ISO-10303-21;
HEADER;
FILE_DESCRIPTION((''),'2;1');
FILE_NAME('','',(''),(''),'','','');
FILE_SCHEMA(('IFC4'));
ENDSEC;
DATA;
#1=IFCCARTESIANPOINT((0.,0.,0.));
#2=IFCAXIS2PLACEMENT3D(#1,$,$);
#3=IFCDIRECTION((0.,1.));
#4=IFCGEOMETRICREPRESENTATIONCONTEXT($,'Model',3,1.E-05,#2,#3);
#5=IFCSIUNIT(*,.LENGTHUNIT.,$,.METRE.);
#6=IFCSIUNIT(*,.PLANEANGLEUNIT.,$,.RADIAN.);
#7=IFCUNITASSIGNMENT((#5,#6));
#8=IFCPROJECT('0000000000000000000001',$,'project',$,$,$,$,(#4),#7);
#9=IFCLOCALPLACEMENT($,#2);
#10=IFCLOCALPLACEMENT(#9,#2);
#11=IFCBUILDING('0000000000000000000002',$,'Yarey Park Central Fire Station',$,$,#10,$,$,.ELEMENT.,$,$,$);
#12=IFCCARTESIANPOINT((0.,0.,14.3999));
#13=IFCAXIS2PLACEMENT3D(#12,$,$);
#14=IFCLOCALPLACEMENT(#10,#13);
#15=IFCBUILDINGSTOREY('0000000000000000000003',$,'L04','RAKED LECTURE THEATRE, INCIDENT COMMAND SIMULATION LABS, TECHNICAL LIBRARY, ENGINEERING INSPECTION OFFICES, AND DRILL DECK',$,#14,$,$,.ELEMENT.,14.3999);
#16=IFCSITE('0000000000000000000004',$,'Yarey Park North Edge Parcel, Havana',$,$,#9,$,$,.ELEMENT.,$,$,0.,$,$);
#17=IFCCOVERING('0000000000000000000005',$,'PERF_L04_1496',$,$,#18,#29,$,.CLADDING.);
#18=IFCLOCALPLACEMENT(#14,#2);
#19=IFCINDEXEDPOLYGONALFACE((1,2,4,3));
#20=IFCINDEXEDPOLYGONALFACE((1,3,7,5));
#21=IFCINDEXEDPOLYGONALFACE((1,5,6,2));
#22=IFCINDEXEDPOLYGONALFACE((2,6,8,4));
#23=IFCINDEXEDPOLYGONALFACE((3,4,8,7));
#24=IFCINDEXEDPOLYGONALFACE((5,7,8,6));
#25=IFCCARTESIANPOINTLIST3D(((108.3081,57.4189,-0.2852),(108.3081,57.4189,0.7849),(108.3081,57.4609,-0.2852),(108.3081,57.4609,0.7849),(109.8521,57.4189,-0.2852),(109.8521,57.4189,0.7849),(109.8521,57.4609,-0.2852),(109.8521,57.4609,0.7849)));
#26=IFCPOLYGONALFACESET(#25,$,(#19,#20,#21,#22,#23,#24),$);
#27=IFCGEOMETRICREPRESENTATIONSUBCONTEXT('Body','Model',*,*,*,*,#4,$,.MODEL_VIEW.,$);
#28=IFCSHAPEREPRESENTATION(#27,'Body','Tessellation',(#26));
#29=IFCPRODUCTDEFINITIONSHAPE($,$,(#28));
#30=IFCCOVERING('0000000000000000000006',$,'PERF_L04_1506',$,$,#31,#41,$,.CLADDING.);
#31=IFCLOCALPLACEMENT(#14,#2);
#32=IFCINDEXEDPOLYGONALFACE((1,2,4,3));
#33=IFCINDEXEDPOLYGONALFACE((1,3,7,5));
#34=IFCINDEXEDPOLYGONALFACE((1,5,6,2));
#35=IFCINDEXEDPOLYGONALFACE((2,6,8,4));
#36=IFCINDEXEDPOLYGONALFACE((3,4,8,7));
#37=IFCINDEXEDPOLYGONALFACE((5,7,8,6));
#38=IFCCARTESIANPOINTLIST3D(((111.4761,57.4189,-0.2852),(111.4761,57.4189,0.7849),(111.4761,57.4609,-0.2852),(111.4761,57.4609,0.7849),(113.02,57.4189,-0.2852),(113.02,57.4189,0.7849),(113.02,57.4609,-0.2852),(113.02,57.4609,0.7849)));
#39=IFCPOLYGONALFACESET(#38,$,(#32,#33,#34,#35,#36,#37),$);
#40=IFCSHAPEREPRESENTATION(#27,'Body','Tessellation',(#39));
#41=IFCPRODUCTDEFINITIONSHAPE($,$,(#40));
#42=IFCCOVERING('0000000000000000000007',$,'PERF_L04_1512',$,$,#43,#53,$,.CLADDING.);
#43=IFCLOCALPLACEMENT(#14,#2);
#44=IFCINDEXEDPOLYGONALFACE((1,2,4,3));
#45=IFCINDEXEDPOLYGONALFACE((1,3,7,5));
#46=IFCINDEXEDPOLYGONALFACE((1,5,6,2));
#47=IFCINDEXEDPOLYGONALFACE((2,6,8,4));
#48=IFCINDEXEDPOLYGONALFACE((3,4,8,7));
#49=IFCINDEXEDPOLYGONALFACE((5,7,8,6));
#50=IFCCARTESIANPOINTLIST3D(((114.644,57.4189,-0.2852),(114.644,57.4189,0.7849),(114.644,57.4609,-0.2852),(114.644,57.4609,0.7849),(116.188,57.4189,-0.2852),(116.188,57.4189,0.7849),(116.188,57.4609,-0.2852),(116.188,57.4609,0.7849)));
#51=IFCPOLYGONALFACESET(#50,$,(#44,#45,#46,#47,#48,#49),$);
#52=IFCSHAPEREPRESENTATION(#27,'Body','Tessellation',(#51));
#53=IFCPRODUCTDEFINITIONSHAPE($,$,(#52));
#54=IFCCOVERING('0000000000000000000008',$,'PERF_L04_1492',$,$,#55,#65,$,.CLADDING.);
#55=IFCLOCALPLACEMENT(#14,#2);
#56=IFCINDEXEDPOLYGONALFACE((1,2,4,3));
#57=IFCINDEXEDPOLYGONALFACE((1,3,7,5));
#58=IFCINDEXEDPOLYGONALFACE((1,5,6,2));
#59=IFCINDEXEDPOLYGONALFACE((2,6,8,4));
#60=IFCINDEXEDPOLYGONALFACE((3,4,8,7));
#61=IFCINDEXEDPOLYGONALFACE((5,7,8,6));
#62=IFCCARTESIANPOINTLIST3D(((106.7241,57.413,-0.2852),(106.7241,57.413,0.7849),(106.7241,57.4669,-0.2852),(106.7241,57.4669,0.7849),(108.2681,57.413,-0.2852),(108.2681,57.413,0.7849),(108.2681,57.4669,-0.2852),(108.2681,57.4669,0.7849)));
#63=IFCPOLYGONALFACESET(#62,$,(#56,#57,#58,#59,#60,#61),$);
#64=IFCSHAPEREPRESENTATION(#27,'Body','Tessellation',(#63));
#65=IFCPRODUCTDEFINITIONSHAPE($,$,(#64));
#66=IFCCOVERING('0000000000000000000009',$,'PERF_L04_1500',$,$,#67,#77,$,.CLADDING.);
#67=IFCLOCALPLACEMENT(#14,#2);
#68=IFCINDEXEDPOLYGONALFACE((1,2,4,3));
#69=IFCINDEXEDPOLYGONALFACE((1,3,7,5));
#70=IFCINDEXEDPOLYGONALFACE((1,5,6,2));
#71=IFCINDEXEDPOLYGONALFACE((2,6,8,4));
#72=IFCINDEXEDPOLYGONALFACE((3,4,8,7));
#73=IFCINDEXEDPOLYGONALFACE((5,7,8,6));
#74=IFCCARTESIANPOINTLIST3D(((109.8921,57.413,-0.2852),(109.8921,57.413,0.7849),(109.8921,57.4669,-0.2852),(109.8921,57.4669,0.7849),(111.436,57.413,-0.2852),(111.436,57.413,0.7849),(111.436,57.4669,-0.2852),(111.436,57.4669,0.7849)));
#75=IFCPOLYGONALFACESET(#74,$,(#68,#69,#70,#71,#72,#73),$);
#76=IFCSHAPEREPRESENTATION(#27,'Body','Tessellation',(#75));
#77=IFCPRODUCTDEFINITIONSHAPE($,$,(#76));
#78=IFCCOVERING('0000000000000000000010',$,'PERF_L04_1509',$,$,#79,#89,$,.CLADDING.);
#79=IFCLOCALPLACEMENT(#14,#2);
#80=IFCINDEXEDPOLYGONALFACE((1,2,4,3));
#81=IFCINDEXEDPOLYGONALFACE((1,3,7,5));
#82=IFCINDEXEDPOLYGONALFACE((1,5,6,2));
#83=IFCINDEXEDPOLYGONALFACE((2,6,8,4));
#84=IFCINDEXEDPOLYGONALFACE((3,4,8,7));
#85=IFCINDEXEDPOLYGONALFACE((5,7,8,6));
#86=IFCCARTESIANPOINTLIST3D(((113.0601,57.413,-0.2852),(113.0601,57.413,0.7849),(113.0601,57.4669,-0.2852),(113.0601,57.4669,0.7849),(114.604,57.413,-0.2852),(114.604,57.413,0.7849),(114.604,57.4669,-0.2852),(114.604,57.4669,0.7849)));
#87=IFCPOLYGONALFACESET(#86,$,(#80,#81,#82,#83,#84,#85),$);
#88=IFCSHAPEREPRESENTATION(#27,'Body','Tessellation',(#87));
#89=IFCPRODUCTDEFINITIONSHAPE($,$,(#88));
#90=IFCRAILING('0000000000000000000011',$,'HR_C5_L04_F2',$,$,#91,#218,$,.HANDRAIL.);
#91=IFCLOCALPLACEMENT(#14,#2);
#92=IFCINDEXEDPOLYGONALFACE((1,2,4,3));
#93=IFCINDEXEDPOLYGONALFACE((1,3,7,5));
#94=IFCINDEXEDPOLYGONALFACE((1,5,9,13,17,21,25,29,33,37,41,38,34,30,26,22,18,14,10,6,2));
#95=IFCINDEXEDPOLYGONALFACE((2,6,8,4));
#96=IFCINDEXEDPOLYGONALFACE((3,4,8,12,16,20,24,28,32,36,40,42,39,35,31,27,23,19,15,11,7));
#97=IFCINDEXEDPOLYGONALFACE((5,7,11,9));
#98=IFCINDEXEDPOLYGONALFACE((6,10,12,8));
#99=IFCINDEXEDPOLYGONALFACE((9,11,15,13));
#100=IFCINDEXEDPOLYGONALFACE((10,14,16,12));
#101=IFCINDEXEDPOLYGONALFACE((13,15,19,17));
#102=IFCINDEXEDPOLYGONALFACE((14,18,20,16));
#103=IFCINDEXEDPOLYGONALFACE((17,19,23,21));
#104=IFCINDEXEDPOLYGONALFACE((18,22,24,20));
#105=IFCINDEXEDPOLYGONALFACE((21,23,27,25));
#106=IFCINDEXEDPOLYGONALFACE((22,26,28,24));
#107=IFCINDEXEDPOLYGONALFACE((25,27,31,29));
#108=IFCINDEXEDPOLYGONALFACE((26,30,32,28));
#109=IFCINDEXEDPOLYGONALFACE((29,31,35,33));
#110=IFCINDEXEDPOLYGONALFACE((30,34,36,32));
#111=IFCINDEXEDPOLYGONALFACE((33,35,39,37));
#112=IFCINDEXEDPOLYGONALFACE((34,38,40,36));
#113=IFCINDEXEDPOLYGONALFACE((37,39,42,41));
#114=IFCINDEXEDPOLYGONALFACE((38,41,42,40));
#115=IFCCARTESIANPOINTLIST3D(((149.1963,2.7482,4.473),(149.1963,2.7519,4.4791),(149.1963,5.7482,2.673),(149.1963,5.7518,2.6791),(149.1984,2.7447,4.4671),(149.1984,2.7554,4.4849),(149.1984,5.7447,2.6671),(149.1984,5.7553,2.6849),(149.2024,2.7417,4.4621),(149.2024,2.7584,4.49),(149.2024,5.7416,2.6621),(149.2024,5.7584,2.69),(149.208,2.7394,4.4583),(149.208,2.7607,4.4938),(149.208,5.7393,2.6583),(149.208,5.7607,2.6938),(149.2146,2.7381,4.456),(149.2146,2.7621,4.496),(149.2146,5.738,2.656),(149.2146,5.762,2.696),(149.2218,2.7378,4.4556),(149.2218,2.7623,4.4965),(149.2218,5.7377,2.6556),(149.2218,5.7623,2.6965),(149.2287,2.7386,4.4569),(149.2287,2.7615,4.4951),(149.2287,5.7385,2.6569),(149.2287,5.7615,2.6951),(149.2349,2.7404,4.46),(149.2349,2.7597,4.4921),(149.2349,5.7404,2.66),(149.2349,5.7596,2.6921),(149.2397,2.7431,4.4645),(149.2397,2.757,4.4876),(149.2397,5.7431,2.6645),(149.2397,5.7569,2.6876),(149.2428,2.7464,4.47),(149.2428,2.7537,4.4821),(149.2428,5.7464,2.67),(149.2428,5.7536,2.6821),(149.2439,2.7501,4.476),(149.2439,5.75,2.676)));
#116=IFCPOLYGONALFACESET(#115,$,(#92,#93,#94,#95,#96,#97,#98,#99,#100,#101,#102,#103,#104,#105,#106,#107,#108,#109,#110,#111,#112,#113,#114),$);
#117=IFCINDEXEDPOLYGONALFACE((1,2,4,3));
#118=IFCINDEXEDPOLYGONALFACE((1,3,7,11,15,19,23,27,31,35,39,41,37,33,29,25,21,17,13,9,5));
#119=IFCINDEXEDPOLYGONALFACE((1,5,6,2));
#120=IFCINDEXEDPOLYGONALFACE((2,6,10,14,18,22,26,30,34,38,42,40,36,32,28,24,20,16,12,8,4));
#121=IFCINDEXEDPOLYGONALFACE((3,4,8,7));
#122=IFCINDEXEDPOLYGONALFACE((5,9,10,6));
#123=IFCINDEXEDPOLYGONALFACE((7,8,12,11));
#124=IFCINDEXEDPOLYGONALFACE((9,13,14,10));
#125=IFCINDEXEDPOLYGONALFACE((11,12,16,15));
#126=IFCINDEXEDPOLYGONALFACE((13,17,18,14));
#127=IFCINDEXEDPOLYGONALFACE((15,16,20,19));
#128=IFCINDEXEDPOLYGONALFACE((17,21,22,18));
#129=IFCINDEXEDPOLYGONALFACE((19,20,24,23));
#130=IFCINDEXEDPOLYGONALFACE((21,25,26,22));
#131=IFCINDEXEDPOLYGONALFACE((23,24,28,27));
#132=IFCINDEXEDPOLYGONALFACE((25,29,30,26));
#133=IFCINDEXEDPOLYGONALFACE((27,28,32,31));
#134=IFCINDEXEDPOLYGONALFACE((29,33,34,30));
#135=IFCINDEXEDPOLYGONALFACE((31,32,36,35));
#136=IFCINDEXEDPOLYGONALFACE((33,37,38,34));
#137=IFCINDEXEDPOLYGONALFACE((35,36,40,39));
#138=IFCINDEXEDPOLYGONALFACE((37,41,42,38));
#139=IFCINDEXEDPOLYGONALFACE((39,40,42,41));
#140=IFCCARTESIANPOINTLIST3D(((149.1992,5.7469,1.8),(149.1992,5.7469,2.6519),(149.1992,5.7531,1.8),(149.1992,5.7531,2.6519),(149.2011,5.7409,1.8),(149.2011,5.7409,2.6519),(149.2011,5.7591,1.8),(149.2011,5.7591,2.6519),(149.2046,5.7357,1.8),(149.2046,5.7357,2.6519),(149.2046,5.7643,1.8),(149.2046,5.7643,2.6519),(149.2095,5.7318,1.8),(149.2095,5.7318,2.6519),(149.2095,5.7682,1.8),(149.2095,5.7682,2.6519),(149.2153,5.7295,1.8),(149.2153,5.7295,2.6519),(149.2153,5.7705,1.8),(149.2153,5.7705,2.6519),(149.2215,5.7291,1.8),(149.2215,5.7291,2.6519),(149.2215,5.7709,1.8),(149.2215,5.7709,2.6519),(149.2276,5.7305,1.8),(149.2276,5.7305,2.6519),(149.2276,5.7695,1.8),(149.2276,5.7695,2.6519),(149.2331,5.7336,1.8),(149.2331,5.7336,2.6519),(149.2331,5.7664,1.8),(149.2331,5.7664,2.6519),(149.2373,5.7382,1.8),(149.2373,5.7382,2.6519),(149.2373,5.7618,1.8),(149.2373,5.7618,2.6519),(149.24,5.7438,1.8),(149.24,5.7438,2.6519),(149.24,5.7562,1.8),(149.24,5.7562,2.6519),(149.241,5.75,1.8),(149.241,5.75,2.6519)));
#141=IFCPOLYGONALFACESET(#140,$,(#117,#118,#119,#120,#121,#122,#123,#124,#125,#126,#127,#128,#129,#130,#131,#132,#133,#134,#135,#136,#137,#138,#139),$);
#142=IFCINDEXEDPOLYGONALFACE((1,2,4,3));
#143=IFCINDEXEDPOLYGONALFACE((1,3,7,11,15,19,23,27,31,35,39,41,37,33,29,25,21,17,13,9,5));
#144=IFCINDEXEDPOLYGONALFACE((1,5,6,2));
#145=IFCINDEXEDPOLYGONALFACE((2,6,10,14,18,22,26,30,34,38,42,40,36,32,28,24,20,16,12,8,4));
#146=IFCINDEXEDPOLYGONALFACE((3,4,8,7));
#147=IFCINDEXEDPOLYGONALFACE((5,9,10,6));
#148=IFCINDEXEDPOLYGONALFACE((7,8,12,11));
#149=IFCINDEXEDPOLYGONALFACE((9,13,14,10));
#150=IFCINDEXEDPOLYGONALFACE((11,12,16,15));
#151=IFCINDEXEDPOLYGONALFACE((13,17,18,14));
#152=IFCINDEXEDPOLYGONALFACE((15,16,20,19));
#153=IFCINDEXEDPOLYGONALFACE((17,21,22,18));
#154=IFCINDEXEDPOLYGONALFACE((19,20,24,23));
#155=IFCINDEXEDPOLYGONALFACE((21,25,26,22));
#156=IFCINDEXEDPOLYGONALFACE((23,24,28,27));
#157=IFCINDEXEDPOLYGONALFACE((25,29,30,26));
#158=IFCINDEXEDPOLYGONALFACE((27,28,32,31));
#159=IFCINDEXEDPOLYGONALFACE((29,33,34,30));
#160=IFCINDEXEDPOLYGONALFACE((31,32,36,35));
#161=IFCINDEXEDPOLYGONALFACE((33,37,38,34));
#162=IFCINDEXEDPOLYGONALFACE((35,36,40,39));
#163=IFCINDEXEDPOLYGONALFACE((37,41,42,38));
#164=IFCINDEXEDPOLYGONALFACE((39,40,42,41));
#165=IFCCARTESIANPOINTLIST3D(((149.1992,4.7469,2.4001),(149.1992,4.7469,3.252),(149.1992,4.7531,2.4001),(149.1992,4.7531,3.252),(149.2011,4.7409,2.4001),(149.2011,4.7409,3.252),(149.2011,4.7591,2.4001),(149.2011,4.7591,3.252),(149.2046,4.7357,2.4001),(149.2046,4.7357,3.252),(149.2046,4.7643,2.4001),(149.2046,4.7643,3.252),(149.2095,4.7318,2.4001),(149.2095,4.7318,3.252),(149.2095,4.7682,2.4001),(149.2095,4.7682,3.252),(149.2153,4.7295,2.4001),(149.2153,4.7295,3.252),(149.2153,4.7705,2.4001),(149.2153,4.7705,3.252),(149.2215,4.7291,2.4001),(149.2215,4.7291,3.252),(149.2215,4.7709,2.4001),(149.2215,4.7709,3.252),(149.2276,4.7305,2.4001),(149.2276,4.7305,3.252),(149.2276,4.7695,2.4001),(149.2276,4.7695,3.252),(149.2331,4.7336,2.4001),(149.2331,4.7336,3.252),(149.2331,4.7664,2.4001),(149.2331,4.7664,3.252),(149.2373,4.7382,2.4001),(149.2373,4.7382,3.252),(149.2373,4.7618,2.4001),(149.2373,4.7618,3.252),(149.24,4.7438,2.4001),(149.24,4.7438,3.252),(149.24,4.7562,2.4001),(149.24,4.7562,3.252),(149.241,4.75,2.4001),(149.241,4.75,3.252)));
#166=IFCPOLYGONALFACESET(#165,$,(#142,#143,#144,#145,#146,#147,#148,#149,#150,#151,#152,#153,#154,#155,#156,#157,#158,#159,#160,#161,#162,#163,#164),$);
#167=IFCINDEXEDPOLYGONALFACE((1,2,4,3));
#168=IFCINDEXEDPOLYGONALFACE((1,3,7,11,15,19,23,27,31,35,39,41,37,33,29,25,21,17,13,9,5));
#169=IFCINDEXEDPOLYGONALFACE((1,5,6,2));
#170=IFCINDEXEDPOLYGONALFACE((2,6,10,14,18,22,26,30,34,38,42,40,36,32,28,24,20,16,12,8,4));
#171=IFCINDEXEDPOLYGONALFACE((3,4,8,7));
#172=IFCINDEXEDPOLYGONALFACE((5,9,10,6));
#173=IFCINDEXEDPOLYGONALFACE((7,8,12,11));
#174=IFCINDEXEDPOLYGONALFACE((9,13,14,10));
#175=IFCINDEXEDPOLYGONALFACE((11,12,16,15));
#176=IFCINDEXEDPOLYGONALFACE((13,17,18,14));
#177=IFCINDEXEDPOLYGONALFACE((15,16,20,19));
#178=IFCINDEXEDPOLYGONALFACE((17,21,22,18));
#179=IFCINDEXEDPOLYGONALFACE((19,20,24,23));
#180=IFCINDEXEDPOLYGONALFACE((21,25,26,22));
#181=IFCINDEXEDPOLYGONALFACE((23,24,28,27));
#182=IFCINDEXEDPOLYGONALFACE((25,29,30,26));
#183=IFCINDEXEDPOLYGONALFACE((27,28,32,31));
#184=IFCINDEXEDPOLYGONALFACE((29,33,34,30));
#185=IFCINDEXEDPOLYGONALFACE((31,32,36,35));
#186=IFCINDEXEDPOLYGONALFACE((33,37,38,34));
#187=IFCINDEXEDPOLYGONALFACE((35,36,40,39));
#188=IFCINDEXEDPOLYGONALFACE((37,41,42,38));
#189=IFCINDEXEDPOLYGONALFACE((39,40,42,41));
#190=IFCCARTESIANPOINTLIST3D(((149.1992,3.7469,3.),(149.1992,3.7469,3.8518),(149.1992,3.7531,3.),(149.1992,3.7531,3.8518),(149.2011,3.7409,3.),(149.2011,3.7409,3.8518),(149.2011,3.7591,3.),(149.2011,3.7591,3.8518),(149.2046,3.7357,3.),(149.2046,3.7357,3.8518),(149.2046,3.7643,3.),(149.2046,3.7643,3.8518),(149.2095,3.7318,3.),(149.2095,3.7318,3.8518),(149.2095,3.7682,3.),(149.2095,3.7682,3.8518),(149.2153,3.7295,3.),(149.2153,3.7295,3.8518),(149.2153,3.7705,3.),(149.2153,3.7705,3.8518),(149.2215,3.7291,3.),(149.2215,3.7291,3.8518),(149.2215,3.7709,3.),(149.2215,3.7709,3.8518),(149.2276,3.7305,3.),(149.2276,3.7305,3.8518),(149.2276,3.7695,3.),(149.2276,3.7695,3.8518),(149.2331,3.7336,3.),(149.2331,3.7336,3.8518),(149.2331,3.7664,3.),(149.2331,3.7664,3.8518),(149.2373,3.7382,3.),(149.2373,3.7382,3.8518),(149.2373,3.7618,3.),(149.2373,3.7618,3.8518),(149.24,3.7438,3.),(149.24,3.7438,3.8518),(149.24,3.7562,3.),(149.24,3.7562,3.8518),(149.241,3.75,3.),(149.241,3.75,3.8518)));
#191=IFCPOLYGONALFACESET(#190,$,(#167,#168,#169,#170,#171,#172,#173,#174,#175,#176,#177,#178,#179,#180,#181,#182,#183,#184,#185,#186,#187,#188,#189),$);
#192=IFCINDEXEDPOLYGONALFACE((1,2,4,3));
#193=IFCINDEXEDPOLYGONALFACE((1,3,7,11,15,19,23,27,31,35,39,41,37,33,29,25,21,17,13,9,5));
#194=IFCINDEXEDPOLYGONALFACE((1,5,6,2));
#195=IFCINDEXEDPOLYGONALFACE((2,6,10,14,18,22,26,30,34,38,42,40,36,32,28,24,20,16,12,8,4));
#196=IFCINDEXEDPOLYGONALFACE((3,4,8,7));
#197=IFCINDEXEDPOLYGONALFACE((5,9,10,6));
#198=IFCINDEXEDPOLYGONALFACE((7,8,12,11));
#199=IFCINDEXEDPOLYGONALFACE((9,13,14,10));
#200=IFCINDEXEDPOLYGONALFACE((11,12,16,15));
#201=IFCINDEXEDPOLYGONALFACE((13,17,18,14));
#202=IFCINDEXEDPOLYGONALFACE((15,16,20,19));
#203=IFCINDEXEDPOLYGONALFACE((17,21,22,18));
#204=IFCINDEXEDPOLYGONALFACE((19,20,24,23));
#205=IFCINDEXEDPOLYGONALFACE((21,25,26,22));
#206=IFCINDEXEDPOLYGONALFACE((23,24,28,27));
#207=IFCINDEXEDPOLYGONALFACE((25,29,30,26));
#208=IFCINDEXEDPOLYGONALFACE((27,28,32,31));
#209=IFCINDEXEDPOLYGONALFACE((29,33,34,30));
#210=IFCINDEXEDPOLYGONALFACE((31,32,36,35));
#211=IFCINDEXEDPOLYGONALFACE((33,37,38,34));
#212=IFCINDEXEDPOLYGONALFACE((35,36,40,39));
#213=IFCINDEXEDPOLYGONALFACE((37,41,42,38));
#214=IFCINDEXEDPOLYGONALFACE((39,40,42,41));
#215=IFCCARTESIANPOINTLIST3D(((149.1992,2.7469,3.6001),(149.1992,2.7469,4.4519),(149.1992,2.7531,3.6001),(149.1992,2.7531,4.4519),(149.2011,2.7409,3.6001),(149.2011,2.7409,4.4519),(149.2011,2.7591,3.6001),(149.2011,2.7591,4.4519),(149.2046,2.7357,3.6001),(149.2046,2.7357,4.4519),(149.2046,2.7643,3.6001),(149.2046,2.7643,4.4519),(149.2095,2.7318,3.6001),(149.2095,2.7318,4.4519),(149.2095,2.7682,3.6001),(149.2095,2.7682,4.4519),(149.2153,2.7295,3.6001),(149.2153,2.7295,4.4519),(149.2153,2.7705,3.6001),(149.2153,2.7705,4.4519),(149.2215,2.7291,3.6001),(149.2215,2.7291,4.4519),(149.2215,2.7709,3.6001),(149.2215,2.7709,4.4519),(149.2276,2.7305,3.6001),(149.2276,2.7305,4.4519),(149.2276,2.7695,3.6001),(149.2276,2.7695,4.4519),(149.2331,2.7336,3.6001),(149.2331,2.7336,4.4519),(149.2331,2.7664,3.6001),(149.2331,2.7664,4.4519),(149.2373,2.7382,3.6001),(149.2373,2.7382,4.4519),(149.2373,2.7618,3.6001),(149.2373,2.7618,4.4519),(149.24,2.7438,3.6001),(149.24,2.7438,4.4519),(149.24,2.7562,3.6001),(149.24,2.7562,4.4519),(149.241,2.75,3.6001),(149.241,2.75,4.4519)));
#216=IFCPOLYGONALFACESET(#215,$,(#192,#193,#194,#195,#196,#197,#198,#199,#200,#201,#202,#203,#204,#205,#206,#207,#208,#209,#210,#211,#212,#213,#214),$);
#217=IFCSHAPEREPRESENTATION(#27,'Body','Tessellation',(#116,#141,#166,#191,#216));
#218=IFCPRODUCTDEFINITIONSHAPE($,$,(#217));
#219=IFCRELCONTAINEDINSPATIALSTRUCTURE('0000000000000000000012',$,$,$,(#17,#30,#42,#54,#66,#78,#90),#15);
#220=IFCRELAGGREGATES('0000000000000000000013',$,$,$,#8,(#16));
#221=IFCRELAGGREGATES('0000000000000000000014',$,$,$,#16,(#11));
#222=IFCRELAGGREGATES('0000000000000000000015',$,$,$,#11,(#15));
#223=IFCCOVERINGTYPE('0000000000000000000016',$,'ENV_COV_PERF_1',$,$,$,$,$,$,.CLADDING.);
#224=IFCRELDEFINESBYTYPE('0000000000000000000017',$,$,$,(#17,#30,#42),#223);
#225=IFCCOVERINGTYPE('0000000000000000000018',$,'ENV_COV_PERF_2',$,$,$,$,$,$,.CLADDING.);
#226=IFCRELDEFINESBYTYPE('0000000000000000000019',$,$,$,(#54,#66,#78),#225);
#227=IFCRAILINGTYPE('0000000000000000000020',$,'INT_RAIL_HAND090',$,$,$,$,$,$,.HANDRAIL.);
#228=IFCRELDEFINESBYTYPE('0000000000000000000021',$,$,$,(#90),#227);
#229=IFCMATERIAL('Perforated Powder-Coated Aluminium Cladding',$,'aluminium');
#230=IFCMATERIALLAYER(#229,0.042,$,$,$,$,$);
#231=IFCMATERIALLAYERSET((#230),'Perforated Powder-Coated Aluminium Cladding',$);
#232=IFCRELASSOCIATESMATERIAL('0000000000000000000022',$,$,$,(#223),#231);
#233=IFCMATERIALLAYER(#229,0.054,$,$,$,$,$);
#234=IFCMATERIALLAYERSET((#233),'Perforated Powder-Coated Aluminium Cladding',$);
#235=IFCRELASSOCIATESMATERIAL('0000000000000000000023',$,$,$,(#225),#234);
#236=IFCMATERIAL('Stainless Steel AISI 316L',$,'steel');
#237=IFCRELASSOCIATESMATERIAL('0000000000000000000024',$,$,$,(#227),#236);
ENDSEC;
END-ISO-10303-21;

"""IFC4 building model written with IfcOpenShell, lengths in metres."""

from ifc_helpers import new_model, si_unit, direction, frame, origin, origin_2d, place, context, subcontext, project, spatial, rectangle, circle, extrude, material, layer, layer_set, type_object, element, save


model = new_model("IFC4")

# Units and contexts
model_context = context("Model", 3, precision=1e-05, world=origin(), true_north=direction((0.0, 1.0)))
body_context = subcontext(model_context, "Body", "Model", "MODEL_VIEW")
ifc_project = project(units=[si_unit("LENGTHUNIT", "METRE"), si_unit("PLANEANGLEUNIT", "RADIAN")], contexts=[model_context])

# Site, building, storey
site_placement = place(None, origin())
site = spatial("IfcSite", under=ifc_project, at=site_placement, Name="Yarey Park North Edge Parcel, Havana", CompositionType="ELEMENT", RefElevation=0.0)
building_placement = place(site_placement, origin())
building = spatial("IfcBuilding", under=site, at=building_placement, Name="Yarey Park Central Fire Station", CompositionType="ELEMENT")
storey_placement = place(building_placement, frame((0.0, 0.0, 14.3999)))
storey = spatial("IfcBuildingStorey", under=building, at=storey_placement, Name="L04", Description="RAKED LECTURE THEATRE, INCIDENT COMMAND SIMULATION LABS, TECHNICAL LIBRARY, ENGINEERING INSPECTION OFFICES, AND DRILL DECK", CompositionType="ELEMENT", Elevation=14.3999)

# Coverings
ifc_material_1 = material(Name="Perforated Powder-Coated Aluminium Cladding", Category="aluminium")
ifc_layer_1 = layer(ifc_material_1, 0.042)
ifc_layer_set_1 = layer_set([ifc_layer_1], Name="Perforated Powder-Coated Aluminium Cladding")
covering_type_1 = type_object("IfcCoveringType", Name="ENV_COV_PERF_1", PredefinedType="CLADDING", material=ifc_layer_set_1)
for number, where, z_axis, x_axis, name in (
    (1, (109.0801, 57.4399, -0.2852), (0.0, 0.0, 1.0), (1.0, 0.0, 0.0), "PERF_L04_1496"),
    (2, (112.248, 57.4399, -0.2852), (0.0, 0.0, 1.0), (1.0, 0.0, 0.0), "PERF_L04_1506"),
    (3, (115.416, 57.4399, -0.2852), (0.0, 0.0, 1.0), (1.0, 0.0, 0.0), "PERF_L04_1512"),
):
    element("IfcCovering", number, at=place(storey_placement, frame(where, z_axis=z_axis, x_axis=x_axis)), inside=storey, type_object=covering_type_1, Name=name, PredefinedType="CLADDING", context=body_context, shape_type="SweptSolid", body=[
        extrude(rectangle(XDim=1.5439, YDim=0.042, at=origin_2d()), origin(), (0.0, 0.0, 1.0), 1.0701),
    ])
ifc_layer_2 = layer(ifc_material_1, 0.054)
ifc_layer_set_2 = layer_set([ifc_layer_2], Name="Perforated Powder-Coated Aluminium Cladding")
covering_type_2 = type_object("IfcCoveringType", Name="ENV_COV_PERF_2", PredefinedType="CLADDING", material=ifc_layer_set_2)
for number, where, z_axis, x_axis, name in (
    (4, (107.4961, 57.4399, -0.2852), (0.0, 0.0, 1.0), (1.0, 0.0, 0.0), "PERF_L04_1492"),
    (5, (110.6641, 57.4399, -0.2852), (0.0, 0.0, 1.0), (1.0, 0.0, 0.0), "PERF_L04_1500"),
    (6, (113.832, 57.4399, -0.2852), (0.0, 0.0, 1.0), (1.0, 0.0, 0.0), "PERF_L04_1509"),
):
    element("IfcCovering", number, at=place(storey_placement, frame(where, z_axis=z_axis, x_axis=x_axis)), inside=storey, type_object=covering_type_2, Name=name, PredefinedType="CLADDING", context=body_context, shape_type="SweptSolid", body=[
        extrude(rectangle(XDim=1.5439, YDim=0.054, at=origin_2d()), origin(), (0.0, 0.0, 1.0), 1.0701),
    ])

# Railing
ifc_material_2 = material(Name="Stainless Steel AISI 316L", Category="steel")
railing_type = type_object("IfcRailingType", Name="INT_RAIL_HAND090", PredefinedType="HANDRAIL", material=ifc_material_2)
railing_placement = place(storey_placement, frame((149.22, 5.75, 1.8)))
element("IfcRailing", 7, at=railing_placement, inside=storey, type_object=railing_type, Name="HR_C5_L04_F2", PredefinedType="HANDRAIL", context=body_context, shape_type="SweptSolid", body=[
    extrude(circle(Radius=0.0239, at=origin_2d()), frame((0.0, 0.0, 0.876), z_axis=(0.0, -0.857487, 0.514506), x_axis=(1.0, 0.0, 0.0)), (0.0, 0.0, 1.0), 3.4985),
    extrude(circle(Radius=0.021, at=origin_2d()), origin(), (0.0, 0.0, 1.0), 0.8518),
    extrude(circle(Radius=0.021, at=origin_2d()), frame((0.0, -1.0, 0.6001)), (0.0, 0.0, 1.0), 0.8518),
    extrude(circle(Radius=0.021, at=origin_2d()), frame((0.0, -2.0, 1.2)), (0.0, 0.0, 1.0), 0.8518),
    extrude(circle(Radius=0.021, at=origin_2d()), frame((0.0, -3.0, 1.8)), (0.0, 0.0, 1.0), 0.8518),
])

save(model, "model.ifc")
